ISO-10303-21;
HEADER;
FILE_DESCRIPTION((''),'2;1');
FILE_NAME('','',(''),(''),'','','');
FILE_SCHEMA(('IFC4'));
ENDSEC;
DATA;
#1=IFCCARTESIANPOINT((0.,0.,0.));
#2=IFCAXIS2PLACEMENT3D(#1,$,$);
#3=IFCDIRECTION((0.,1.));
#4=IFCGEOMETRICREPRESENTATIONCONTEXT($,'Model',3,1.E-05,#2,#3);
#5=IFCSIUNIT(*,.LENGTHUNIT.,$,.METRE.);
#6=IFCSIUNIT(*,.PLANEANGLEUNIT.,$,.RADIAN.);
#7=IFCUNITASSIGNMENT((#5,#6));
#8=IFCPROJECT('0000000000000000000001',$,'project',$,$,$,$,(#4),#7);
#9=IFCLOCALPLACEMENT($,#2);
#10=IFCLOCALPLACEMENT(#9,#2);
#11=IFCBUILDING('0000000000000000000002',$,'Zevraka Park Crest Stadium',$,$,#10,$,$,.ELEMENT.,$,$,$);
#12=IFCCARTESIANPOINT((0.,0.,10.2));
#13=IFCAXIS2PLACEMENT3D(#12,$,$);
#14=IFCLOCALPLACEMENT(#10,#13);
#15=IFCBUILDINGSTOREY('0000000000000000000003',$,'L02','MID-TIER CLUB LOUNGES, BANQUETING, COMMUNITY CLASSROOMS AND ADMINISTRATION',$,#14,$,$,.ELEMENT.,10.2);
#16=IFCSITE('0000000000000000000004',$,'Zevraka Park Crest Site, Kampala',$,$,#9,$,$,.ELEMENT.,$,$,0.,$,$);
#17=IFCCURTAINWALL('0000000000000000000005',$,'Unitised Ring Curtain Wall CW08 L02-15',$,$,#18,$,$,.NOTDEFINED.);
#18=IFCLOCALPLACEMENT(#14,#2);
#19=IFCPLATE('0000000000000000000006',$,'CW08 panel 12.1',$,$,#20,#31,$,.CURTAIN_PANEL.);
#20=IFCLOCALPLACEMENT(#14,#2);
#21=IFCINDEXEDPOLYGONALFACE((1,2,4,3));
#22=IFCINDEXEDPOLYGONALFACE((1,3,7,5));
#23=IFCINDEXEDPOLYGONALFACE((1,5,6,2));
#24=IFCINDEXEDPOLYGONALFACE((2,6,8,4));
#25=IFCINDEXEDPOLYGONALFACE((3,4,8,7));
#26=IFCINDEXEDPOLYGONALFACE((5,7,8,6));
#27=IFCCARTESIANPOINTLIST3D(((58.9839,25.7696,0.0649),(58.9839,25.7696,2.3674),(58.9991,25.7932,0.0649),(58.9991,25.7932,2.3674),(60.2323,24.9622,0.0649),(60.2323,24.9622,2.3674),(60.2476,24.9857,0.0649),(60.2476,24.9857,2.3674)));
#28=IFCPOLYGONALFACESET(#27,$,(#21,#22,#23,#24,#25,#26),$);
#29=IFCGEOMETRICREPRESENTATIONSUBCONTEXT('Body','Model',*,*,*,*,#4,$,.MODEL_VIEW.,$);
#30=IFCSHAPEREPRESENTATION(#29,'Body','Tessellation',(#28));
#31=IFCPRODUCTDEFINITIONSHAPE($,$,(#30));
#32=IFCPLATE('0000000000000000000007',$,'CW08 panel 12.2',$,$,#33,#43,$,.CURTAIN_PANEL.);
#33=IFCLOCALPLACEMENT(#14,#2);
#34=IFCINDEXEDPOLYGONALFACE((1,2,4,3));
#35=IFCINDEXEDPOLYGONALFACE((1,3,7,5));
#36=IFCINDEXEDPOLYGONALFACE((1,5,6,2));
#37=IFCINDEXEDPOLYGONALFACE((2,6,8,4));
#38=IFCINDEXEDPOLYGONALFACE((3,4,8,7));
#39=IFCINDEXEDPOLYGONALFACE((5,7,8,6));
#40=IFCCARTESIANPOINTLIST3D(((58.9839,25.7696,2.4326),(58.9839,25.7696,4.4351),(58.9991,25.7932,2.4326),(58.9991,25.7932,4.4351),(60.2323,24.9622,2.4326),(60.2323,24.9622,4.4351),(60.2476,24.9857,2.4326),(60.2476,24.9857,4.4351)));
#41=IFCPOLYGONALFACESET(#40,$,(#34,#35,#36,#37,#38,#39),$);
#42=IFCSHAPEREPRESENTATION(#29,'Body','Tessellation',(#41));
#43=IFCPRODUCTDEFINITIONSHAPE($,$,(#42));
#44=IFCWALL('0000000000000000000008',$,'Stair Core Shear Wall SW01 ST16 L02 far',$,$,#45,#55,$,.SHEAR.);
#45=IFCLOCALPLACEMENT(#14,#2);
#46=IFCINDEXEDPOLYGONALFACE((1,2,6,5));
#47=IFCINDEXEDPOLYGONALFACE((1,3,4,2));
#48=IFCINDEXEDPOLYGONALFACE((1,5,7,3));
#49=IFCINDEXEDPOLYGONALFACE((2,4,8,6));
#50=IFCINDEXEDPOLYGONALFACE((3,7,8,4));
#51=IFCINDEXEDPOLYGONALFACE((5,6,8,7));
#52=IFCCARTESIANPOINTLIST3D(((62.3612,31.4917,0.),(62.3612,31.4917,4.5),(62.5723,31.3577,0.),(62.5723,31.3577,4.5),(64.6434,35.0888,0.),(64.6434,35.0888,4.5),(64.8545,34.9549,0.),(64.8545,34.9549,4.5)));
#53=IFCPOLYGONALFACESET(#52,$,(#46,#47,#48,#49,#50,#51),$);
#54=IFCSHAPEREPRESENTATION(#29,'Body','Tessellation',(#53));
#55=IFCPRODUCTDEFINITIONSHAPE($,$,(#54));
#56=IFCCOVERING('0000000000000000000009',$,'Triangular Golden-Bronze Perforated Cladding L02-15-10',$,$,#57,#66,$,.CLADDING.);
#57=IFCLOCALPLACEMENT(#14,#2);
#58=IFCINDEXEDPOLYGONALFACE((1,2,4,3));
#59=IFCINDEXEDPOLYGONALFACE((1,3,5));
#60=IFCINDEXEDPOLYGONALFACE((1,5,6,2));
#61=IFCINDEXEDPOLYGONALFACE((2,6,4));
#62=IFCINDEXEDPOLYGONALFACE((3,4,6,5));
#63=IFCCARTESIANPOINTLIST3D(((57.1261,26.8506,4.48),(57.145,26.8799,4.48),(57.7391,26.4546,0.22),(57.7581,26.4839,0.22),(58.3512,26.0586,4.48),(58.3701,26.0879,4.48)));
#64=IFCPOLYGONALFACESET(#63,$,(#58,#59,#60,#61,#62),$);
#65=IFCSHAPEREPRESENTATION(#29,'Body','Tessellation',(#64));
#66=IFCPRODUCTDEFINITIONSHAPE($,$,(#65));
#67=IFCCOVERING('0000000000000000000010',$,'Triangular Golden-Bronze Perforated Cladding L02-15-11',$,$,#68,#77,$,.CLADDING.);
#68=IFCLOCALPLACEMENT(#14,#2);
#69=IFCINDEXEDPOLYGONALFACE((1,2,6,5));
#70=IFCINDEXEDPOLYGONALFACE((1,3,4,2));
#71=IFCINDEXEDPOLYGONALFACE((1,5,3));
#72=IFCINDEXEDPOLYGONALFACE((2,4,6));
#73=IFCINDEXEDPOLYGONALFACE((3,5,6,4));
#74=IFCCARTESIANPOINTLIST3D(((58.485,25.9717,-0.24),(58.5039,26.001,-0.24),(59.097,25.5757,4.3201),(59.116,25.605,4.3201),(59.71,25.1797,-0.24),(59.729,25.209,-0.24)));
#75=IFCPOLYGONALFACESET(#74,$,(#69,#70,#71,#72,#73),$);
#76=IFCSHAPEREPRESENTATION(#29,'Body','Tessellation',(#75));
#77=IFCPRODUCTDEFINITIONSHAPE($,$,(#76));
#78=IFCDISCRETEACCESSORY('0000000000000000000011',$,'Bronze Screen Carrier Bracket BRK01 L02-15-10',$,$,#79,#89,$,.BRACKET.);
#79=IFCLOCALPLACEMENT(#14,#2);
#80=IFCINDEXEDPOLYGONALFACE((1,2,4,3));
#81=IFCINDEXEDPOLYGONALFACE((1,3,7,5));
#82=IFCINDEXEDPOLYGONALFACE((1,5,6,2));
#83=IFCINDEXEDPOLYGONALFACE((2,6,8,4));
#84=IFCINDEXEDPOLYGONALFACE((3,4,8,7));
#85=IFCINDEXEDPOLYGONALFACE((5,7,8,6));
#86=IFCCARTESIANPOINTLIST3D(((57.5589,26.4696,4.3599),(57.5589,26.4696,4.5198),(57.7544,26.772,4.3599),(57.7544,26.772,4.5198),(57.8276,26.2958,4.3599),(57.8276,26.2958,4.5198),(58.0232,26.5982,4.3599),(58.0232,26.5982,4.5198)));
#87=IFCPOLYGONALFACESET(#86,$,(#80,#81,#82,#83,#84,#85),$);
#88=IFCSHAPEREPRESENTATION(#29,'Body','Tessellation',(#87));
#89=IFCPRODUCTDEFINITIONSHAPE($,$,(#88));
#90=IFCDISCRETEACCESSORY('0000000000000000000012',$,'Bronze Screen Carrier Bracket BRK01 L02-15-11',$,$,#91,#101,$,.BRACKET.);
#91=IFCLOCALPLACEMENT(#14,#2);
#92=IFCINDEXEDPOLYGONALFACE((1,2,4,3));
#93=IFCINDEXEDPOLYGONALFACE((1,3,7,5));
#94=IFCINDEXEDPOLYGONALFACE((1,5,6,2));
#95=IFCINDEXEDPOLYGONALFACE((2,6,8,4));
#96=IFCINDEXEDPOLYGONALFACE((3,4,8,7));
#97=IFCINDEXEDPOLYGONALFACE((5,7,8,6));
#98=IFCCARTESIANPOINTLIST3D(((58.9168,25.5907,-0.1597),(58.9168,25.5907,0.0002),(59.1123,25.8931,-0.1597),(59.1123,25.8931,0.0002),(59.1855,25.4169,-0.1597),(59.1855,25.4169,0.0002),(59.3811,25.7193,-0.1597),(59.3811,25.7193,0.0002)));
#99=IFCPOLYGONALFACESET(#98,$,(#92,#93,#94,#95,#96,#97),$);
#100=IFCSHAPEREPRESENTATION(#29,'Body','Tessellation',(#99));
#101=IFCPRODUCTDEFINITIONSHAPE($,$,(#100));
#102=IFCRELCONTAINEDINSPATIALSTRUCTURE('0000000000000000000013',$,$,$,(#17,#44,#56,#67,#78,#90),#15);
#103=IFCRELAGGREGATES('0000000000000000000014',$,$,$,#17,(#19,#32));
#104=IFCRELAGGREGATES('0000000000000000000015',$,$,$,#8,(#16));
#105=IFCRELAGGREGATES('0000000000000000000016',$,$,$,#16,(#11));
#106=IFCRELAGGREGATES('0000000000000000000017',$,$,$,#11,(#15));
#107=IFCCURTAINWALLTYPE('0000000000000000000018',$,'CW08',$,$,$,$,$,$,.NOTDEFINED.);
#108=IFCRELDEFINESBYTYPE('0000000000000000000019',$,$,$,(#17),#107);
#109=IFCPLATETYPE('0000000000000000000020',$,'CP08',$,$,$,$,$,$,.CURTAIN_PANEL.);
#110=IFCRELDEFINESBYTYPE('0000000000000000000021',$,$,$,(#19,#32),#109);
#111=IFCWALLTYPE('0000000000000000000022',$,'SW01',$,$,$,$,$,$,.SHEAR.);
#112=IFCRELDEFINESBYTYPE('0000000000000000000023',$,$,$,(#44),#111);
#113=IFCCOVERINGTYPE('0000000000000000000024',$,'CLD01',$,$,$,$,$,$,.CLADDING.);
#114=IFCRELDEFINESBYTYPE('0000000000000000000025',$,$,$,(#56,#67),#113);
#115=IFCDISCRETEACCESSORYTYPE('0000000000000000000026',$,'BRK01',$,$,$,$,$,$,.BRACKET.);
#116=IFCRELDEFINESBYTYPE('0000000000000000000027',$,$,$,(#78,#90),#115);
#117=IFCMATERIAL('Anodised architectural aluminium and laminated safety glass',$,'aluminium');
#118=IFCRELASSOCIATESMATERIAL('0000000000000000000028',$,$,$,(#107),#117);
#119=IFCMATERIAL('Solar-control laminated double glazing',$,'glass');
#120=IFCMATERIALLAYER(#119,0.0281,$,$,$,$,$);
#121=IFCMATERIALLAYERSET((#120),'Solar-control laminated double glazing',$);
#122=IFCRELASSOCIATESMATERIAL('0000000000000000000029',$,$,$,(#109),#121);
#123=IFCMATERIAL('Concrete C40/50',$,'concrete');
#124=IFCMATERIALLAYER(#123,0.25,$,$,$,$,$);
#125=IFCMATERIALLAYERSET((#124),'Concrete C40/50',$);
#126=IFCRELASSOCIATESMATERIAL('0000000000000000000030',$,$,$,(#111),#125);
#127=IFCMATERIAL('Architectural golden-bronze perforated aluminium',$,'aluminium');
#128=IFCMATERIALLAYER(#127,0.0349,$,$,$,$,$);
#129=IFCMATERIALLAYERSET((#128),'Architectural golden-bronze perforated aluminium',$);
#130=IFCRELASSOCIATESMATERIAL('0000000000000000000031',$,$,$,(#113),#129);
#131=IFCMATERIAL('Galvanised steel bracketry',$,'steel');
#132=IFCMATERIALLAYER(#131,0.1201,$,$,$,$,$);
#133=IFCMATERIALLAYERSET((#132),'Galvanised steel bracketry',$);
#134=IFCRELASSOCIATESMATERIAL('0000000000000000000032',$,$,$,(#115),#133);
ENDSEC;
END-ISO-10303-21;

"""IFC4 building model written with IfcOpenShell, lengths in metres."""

from ifc_helpers import new_model, si_unit, direction, frame, frame_2d, origin, origin_2d, place, context, subcontext, project, spatial, polyline, rectangle, outline, extrude, material, layer, layer_set, type_object, element, aggregate, save


model = new_model("IFC4")

# Units and contexts
model_context = context("Model", 3, precision=1e-05, world=origin(), true_north=direction((0.0, 1.0)))
body_context = subcontext(model_context, "Body", "Model", "MODEL_VIEW")
ifc_project = project(units=[si_unit("LENGTHUNIT", "METRE"), si_unit("PLANEANGLEUNIT", "RADIAN")], contexts=[model_context])

# Site, building, storey
site_placement = place(None, origin())
site = spatial("IfcSite", under=ifc_project, at=site_placement, Name="Zevraka Park Crest Site, Kampala", CompositionType="ELEMENT", RefElevation=0.0)
building_placement = place(site_placement, origin())
building = spatial("IfcBuilding", under=site, at=building_placement, Name="Zevraka Park Crest Stadium", CompositionType="ELEMENT")
storey_placement = place(building_placement, frame((0.0, 0.0, 10.2)))
storey = spatial("IfcBuildingStorey", under=building, at=storey_placement, Name="L02", Description="MID-TIER CLUB LOUNGES, BANQUETING, COMMUNITY CLASSROOMS AND ADMINISTRATION", CompositionType="ELEMENT", Elevation=10.2)

# Curtain wall, plates
ifc_material_1 = material(Name="Anodised architectural aluminium and laminated safety glass", Category="aluminium")
curtain_wall_type = type_object("IfcCurtainWallType", Name="CW08", PredefinedType="NOTDEFINED", material=ifc_material_1)
curtain_wall_placement = place(storey_placement, origin())
curtain_wall = element("IfcCurtainWall", 1, at=curtain_wall_placement, inside=storey, type_object=curtain_wall_type, Name="Unitised Ring Curtain Wall CW08 L02-15", PredefinedType="NOTDEFINED")
ifc_material_2 = material(Name="Solar-control laminated double glazing", Category="glass")
ifc_layer_1 = layer(ifc_material_2, 0.0281)
ifc_layer_set_1 = layer_set([ifc_layer_1], Name="Solar-control laminated double glazing")
plate_type = type_object("IfcPlateType", Name="CP08", PredefinedType="CURTAIN_PANEL", material=ifc_layer_set_1)
plate_1_placement = place(storey_placement, frame((59.6157, 25.3777, 0.0649), z_axis=(0.0, 0.0, 1.0), x_axis=(0.83967, -0.543096, 0.0)))
plate_1 = element("IfcPlate", 2, at=plate_1_placement, type_object=plate_type, Name="CW08 panel 12.1", PredefinedType="CURTAIN_PANEL", context=body_context, shape_type="SweptSolid", body=[
    extrude(rectangle(XDim=1.4868, YDim=0.0281, at=origin_2d()), origin(), (0.0, 0.0, 1.0), 2.3025),
])
plate_2_placement = place(storey_placement, frame((59.6157, 25.3777, 2.4326), z_axis=(0.0, 0.0, 1.0), x_axis=(0.83967, -0.543096, 0.0)))
plate_2 = element("IfcPlate", 3, at=plate_2_placement, type_object=plate_type, Name="CW08 panel 12.2", PredefinedType="CURTAIN_PANEL", context=body_context, shape_type="SweptSolid", body=[
    extrude(rectangle(XDim=1.4868, YDim=0.0281, at=origin_2d()), origin(), (0.0, 0.0, 1.0), 2.0024),
])
aggregate(curtain_wall, [plate_1, plate_2])

# Wall
ifc_material_3 = material(Name="Concrete C40/50", Category="concrete")
ifc_layer_2 = layer(ifc_material_3, 0.25)
ifc_layer_set_2 = layer_set([ifc_layer_2], Name="Concrete C40/50")
wall_type = type_object("IfcWallType", Name="SW01", PredefinedType="SHEAR", material=ifc_layer_set_2)
wall_placement = place(storey_placement, frame((62.4668, 31.4248, 0.0), z_axis=(0.0, 0.0, 1.0), x_axis=(0.535725, 0.844392, 0.0)))
element("IfcWall", 4, at=wall_placement, inside=storey, type_object=wall_type, Name="Stair Core Shear Wall SW01 ST16 L02 far", PredefinedType="SHEAR", context=body_context, shape_type="SweptSolid", body=[
    extrude(rectangle(XDim=4.26, YDim=0.25, at=frame_2d((2.1299, 0.0))), origin(), (0.0, 0.0, 1.0), 4.5),
])

# Coverings
ifc_material_4 = material(Name="Architectural golden-bronze perforated aluminium", Category="aluminium")
ifc_layer_3 = layer(ifc_material_4, 0.0349)
ifc_layer_set_3 = layer_set([ifc_layer_3], Name="Architectural golden-bronze perforated aluminium")
covering_type = type_object("IfcCoveringType", Name="CLD01", PredefinedType="CLADDING", material=ifc_layer_set_3)
covering_1_placement = place(storey_placement, frame((58.3701, 26.0879, 4.48), z_axis=(0.542904, 0.839795, 0.000062), x_axis=(-0.839795, 0.542904, 0.0)))
element("IfcCovering", 5, at=covering_1_placement, inside=storey, type_object=covering_type, Name="Triangular Golden-Bronze Perforated Cladding L02-15-10", PredefinedType="CLADDING", context=body_context, shape_type="SweptSolid", body=[
    extrude(outline(polyline([(0.0, 0.0), (1.4588, 0.0), (0.729, -4.26), (0.0, 0.0)])), origin(), (0.0, 0.0, -1.0), 0.0349),
])
covering_2_placement = place(storey_placement, frame((58.5039, 26.001, -0.24), z_axis=(0.542904, 0.839795, 0.000058), x_axis=(0.839795, -0.542904, 0.0)))
element("IfcCovering", 6, at=covering_2_placement, inside=storey, type_object=covering_type, Name="Triangular Golden-Bronze Perforated Cladding L02-15-11", PredefinedType="CLADDING", context=body_context, shape_type="SweptSolid", body=[
    extrude(outline(polyline([(0.0, 0.0), (1.4588, 0.0), (0.729, -4.5601), (0.0, 0.0)])), origin(), (0.0, 0.0, -1.0), 0.0349),
])

# Discrete accessories
ifc_material_5 = material(Name="Galvanised steel bracketry", Category="steel")
ifc_layer_4 = layer(ifc_material_5, 0.1201)
ifc_layer_set_4 = layer_set([ifc_layer_4], Name="Galvanised steel bracketry")
discrete_accessory_type = type_object("IfcDiscreteAccessoryType", Name="BRK01", PredefinedType="BRACKET", material=ifc_layer_set_4)
for number, where, z_axis, x_axis, name in (
    (7, (57.791, 26.5339, 4.3599), (0.0, 0.0, 1.0), (0.839715, -0.543028, 0.0), "Bronze Screen Carrier Bracket BRK01 L02-15-10"),
    (8, (59.1489, 25.655, -0.1597), (0.0, 0.0, 1.0), (0.839715, -0.543028, 0.0), "Bronze Screen Carrier Bracket BRK01 L02-15-11"),
):
    element("IfcDiscreteAccessory", number, at=place(storey_placement, frame(where, z_axis=z_axis, x_axis=x_axis)), inside=storey, type_object=discrete_accessory_type, Name=name, PredefinedType="BRACKET", context=body_context, shape_type="SweptSolid", body=[
        extrude(rectangle(XDim=0.3201, YDim=0.3601, at=origin_2d()), origin(), (0.0, 0.0, 1.0), 0.1599),
    ])

save(model, "model.ifc")
